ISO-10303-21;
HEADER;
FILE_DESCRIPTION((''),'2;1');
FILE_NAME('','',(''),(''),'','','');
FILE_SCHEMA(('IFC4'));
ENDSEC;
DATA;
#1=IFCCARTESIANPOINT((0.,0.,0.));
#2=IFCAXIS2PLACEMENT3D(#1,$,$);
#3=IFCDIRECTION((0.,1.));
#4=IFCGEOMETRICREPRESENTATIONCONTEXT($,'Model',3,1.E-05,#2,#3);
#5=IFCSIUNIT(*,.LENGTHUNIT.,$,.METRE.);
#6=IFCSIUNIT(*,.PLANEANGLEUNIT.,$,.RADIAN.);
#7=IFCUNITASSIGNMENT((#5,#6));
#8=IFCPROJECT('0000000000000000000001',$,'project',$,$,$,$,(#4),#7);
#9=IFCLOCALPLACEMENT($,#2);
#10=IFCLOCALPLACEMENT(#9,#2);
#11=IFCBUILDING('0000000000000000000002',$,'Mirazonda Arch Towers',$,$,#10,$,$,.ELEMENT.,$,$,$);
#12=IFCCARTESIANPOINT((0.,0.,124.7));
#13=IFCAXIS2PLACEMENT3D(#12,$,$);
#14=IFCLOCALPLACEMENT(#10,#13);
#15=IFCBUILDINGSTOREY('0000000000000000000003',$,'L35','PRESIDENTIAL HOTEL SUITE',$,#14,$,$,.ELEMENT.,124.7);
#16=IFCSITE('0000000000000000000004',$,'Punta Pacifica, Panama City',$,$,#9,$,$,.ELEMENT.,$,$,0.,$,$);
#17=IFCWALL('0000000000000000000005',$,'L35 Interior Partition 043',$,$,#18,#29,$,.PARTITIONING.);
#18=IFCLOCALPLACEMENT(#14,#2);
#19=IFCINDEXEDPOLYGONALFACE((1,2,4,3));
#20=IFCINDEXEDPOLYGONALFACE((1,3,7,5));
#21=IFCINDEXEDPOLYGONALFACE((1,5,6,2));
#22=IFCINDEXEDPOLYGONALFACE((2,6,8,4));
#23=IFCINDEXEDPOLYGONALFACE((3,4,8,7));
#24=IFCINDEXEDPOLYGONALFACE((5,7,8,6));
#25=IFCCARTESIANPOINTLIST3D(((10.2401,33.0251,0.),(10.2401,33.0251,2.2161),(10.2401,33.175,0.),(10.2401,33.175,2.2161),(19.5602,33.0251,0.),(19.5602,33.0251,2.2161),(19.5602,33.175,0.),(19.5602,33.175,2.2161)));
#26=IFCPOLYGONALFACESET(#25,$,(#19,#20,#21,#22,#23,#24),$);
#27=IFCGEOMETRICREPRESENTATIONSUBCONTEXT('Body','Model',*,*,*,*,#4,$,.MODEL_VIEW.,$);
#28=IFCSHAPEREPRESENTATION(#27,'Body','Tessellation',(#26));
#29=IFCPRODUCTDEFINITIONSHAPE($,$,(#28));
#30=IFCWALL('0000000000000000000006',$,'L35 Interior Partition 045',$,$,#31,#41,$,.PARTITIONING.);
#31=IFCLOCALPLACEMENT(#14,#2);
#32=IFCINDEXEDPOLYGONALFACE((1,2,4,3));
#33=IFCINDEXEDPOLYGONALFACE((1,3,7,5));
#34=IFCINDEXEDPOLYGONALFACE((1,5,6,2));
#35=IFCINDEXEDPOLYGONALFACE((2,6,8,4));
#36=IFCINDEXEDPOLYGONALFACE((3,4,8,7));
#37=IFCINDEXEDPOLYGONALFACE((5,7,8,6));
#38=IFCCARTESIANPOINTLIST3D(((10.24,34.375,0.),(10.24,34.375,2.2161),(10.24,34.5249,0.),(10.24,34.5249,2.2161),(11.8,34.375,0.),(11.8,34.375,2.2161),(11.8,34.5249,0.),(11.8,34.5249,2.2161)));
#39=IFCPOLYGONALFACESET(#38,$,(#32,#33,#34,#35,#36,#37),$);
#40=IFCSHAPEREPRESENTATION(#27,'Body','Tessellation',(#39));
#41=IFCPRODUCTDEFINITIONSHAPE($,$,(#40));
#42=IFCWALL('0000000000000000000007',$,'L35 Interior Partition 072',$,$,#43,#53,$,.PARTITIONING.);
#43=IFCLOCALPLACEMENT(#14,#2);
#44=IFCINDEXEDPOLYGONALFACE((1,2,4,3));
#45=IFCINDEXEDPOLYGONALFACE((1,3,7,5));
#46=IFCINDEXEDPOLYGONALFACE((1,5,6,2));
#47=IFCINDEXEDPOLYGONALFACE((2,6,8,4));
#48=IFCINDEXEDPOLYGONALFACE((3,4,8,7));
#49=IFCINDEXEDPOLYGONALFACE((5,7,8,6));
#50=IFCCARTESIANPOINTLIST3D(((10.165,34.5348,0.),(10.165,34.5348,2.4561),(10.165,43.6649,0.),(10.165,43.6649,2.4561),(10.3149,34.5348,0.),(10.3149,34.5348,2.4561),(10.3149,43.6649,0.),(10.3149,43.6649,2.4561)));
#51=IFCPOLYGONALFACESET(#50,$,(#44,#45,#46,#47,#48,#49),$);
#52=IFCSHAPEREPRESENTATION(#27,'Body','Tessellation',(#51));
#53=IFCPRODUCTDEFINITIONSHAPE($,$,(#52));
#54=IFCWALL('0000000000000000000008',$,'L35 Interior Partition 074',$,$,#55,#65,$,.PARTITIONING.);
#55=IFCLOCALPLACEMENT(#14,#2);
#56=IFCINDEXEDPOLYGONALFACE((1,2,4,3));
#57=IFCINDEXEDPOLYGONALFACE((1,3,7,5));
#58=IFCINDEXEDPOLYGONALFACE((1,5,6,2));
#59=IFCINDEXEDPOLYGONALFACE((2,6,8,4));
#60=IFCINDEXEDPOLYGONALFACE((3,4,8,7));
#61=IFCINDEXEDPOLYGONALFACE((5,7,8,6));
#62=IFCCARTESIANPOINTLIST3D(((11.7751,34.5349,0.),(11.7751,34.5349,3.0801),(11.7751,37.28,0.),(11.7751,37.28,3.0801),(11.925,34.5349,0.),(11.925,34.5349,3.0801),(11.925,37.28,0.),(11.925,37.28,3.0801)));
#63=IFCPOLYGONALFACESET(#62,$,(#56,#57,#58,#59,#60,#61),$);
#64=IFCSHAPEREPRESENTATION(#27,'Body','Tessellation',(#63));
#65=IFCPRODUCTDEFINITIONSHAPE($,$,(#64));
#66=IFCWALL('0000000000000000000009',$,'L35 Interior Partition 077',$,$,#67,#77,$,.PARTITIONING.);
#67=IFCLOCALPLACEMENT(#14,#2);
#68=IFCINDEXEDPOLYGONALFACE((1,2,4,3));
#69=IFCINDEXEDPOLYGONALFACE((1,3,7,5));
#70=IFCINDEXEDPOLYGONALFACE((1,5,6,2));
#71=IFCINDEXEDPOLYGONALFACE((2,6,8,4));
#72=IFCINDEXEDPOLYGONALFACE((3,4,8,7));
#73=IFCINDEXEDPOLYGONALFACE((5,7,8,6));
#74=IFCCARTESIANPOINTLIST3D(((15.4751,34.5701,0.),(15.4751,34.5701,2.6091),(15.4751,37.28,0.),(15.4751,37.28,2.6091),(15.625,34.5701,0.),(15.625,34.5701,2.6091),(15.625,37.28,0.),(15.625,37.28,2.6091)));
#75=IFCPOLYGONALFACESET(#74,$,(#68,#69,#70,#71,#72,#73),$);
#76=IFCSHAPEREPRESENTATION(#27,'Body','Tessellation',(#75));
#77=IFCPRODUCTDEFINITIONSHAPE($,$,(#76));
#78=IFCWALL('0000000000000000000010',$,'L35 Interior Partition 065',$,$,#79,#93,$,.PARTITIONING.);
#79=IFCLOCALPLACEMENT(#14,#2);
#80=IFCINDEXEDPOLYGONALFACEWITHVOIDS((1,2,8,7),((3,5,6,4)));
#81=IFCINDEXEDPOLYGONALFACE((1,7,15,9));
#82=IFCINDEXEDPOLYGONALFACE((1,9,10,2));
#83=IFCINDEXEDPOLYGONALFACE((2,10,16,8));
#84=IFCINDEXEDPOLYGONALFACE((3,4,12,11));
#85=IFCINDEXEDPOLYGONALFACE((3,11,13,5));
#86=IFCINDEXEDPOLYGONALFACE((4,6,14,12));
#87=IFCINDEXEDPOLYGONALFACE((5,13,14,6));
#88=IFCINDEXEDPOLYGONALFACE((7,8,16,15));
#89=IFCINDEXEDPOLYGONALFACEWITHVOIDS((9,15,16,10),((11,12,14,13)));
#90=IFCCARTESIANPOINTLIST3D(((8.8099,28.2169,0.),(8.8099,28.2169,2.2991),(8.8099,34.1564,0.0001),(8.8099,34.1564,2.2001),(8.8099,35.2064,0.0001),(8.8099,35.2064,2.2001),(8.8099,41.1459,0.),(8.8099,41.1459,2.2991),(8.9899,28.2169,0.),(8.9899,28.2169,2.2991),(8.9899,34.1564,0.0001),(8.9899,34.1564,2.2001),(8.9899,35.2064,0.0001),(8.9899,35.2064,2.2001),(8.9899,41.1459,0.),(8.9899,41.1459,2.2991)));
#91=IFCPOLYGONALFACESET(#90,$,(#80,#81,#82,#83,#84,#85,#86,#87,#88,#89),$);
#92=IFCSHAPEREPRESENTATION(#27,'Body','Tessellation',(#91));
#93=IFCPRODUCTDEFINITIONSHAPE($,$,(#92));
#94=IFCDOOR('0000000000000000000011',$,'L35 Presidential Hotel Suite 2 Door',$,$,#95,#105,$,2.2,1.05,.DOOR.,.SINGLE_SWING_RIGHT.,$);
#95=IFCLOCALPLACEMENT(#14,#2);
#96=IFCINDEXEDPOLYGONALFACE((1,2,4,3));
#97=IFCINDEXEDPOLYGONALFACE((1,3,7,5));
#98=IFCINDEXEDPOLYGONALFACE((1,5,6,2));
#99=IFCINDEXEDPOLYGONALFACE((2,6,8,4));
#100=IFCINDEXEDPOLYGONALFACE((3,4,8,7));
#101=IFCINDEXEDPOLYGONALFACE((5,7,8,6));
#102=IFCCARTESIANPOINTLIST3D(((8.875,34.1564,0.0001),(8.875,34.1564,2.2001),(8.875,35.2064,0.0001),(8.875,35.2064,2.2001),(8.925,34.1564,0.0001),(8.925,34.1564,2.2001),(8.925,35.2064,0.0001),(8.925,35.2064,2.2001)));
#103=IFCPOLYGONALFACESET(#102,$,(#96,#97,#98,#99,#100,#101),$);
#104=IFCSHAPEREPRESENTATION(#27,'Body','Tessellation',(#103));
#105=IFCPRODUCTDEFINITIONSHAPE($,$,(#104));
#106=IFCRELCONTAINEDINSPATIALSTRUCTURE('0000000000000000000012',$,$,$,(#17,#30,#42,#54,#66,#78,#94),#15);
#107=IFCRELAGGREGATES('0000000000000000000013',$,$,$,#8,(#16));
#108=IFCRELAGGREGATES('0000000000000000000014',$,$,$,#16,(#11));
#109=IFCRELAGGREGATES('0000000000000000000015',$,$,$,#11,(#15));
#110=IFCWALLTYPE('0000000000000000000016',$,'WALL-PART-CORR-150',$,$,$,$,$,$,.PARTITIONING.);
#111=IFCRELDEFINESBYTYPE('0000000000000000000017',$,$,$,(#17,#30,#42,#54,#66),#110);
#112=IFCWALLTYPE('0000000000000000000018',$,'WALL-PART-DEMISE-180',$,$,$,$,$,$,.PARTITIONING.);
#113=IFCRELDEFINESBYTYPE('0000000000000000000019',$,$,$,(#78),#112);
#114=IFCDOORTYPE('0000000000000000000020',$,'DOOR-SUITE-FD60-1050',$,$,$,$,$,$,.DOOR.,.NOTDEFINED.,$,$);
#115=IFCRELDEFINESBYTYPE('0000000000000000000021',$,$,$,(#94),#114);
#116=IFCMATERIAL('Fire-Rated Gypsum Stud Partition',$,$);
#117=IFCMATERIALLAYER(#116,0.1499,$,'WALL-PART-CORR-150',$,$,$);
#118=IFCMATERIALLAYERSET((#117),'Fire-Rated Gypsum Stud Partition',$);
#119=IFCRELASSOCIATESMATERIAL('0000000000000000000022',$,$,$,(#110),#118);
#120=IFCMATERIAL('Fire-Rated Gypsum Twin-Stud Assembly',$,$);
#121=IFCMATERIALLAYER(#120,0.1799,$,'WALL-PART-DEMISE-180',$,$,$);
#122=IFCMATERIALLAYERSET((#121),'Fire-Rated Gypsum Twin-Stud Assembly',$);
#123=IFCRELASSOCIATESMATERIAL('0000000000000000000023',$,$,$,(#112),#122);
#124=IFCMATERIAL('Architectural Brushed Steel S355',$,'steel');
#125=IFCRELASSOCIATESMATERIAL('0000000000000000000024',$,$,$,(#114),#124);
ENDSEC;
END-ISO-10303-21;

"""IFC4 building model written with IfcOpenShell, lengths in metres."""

from ifc_helpers import new_model, si_unit, direction, frame, frame_2d, origin, place, context, subcontext, project, spatial, rectangle, extrude, material, layer, layer_set, type_object, element, fill, save


model = new_model("IFC4")

# Units and contexts
model_context = context("Model", 3, precision=1e-05, world=origin(), true_north=direction((0.0, 1.0)))
body_context = subcontext(model_context, "Body", "Model", "MODEL_VIEW")
ifc_project = project(units=[si_unit("LENGTHUNIT", "METRE"), si_unit("PLANEANGLEUNIT", "RADIAN")], contexts=[model_context])

# Site, building, storey
site_placement = place(None, origin())
site = spatial("IfcSite", under=ifc_project, at=site_placement, Name="Punta Pacifica, Panama City", CompositionType="ELEMENT", RefElevation=0.0)
building_placement = place(site_placement, origin())
building = spatial("IfcBuilding", under=site, at=building_placement, Name="Mirazonda Arch Towers", CompositionType="ELEMENT")
storey_placement = place(building_placement, frame((0.0, 0.0, 124.7)))
storey = spatial("IfcBuildingStorey", under=building, at=storey_placement, Name="L35", Description="PRESIDENTIAL HOTEL SUITE", CompositionType="ELEMENT", Elevation=124.7)

# Shared definitions
ifc_material_1 = material(Name="Architectural Brushed Steel S355", Category="steel")

# Walls
ifc_material_2 = material(Name="Fire-Rated Gypsum Stud Partition")
ifc_layer_1 = layer(ifc_material_2, 0.1499, Name="WALL-PART-CORR-150")
ifc_layer_set_1 = layer_set([ifc_layer_1], Name="Fire-Rated Gypsum Stud Partition")
wall_type_1 = type_object("IfcWallType", Name="WALL-PART-CORR-150", PredefinedType="PARTITIONING", material=ifc_layer_set_1)
wall_1_placement = place(storey_placement, frame((10.24, 33.1001, 0.0), z_axis=(0.0, 0.0, 1.0), x_axis=(1.0, 0.0, 0.0)))
element("IfcWall", 1, at=wall_1_placement, inside=storey, type_object=wall_type_1, Name="L35 Interior Partition 043", PredefinedType="PARTITIONING", context=body_context, shape_type="SweptSolid", body=[
    extrude(rectangle(XDim=9.3201, YDim=0.1499, at=frame_2d((4.6602, 0.0))), origin(), (0.0, 0.0, 1.0), 2.2161),
])
wall_2_placement = place(storey_placement, frame((10.24, 34.45, 0.0), z_axis=(0.0, 0.0, 1.0), x_axis=(1.0, 0.0, 0.0)))
element("IfcWall", 2, at=wall_2_placement, inside=storey, type_object=wall_type_1, Name="L35 Interior Partition 045", PredefinedType="PARTITIONING", context=body_context, shape_type="SweptSolid", body=[
    extrude(rectangle(XDim=1.5601, YDim=0.1499, at=frame_2d((0.78, 0.0))), origin(), (0.0, 0.0, 1.0), 2.2161),
])

# Walls
wall_3_placement = place(storey_placement, frame((10.24, 34.5349, 0.0), z_axis=(0.0, 0.0, 1.0), x_axis=(0.0, 1.0, 0.0)))
element("IfcWall", 3, at=wall_3_placement, inside=storey, type_object=wall_type_1, Name="L35 Interior Partition 072", PredefinedType="PARTITIONING", context=body_context, shape_type="SweptSolid", body=[
    extrude(rectangle(XDim=9.1301, YDim=0.1499, at=frame_2d((4.5649, 0.0))), origin(), (0.0, 0.0, 1.0), 2.4561),
])
wall_4_placement = place(storey_placement, frame((11.8501, 34.5349, 0.0), z_axis=(0.0, 0.0, 1.0), x_axis=(0.0, 1.0, 0.0)))
element("IfcWall", 4, at=wall_4_placement, inside=storey, type_object=wall_type_1, Name="L35 Interior Partition 074", PredefinedType="PARTITIONING", context=body_context, shape_type="SweptSolid", body=[
    extrude(rectangle(XDim=2.7451, YDim=0.1499, at=frame_2d((1.3726, 0.0))), origin(), (0.0, 0.0, 1.0), 3.0801),
])
wall_5_placement = place(storey_placement, frame((15.55, 34.5701, 0.0), z_axis=(0.0, 0.0, 1.0), x_axis=(0.0, 1.0, 0.0)))
element("IfcWall", 5, at=wall_5_placement, inside=storey, type_object=wall_type_1, Name="L35 Interior Partition 077", PredefinedType="PARTITIONING", context=body_context, shape_type="SweptSolid", body=[
    extrude(rectangle(XDim=2.71, YDim=0.1499, at=frame_2d((1.355, 0.0))), origin(), (0.0, 0.0, 1.0), 2.6091),
])

# Wall, opening, door
ifc_material_3 = material(Name="Fire-Rated Gypsum Twin-Stud Assembly")
ifc_layer_2 = layer(ifc_material_3, 0.1799, Name="WALL-PART-DEMISE-180")
ifc_layer_set_2 = layer_set([ifc_layer_2], Name="Fire-Rated Gypsum Twin-Stud Assembly")
wall_type_2 = type_object("IfcWallType", Name="WALL-PART-DEMISE-180", PredefinedType="PARTITIONING", material=ifc_layer_set_2)
wall_6_placement = place(storey_placement, frame((8.8999, 28.217, 0.0), z_axis=(0.0, 0.0, 1.0), x_axis=(0.0, 1.0, 0.0)))
wall_6 = element("IfcWall", 6, at=wall_6_placement, inside=storey, type_object=wall_type_2, Name="L35 Interior Partition 065", PredefinedType="PARTITIONING", context=body_context, shape_type="SweptSolid", body=[
    extrude(rectangle(XDim=12.929, YDim=0.1799, at=frame_2d((6.4644, 0.0))), origin(), (0.0, 0.0, 1.0), 2.2991),
])
opening_1_placement = place(wall_6_placement, frame((5.9395, 0.0, 0.0)))
opening_1 = element("IfcOpeningElement", 7, at=opening_1_placement, cuts=wall_6, PredefinedType="OPENING", context=body_context, shape_type="SweptSolid", body=[
    extrude(rectangle(XDim=1.05, YDim=2.2, at=frame_2d((0.5249, 1.1001))), frame((0.0, 0.0999, 0.0), z_axis=(0.0, -1.0, 0.0), x_axis=(1.0, 0.0, 0.0)), (0.0, 0.0, 1.0), 0.2),
])
door_type_1 = type_object("IfcDoorType", Name="DOOR-SUITE-FD60-1050", OperationType="NOTDEFINED", PredefinedType="DOOR", material=ifc_material_1)
door_1_placement = place(opening_1_placement, origin())
door_1 = element("IfcDoor", 8, at=door_1_placement, inside=storey, type_object=door_type_1, Name="L35 Presidential Hotel Suite 2 Door", OperationType="SINGLE_SWING_RIGHT", OverallHeight=2.2, OverallWidth=1.05, PredefinedType="DOOR", context=body_context, shape_type="SweptSolid", body=[
    extrude(rectangle(XDim=1.05, YDim=2.2, at=frame_2d((0.5249, 1.1001))), frame((0.0, 0.0249, 0.0), z_axis=(0.0, -1.0, 0.0), x_axis=(1.0, 0.0, 0.0)), (0.0, 0.0, 1.0), 0.05),
])
fill(opening_1, door_1)

save(model, "model.ifc")
